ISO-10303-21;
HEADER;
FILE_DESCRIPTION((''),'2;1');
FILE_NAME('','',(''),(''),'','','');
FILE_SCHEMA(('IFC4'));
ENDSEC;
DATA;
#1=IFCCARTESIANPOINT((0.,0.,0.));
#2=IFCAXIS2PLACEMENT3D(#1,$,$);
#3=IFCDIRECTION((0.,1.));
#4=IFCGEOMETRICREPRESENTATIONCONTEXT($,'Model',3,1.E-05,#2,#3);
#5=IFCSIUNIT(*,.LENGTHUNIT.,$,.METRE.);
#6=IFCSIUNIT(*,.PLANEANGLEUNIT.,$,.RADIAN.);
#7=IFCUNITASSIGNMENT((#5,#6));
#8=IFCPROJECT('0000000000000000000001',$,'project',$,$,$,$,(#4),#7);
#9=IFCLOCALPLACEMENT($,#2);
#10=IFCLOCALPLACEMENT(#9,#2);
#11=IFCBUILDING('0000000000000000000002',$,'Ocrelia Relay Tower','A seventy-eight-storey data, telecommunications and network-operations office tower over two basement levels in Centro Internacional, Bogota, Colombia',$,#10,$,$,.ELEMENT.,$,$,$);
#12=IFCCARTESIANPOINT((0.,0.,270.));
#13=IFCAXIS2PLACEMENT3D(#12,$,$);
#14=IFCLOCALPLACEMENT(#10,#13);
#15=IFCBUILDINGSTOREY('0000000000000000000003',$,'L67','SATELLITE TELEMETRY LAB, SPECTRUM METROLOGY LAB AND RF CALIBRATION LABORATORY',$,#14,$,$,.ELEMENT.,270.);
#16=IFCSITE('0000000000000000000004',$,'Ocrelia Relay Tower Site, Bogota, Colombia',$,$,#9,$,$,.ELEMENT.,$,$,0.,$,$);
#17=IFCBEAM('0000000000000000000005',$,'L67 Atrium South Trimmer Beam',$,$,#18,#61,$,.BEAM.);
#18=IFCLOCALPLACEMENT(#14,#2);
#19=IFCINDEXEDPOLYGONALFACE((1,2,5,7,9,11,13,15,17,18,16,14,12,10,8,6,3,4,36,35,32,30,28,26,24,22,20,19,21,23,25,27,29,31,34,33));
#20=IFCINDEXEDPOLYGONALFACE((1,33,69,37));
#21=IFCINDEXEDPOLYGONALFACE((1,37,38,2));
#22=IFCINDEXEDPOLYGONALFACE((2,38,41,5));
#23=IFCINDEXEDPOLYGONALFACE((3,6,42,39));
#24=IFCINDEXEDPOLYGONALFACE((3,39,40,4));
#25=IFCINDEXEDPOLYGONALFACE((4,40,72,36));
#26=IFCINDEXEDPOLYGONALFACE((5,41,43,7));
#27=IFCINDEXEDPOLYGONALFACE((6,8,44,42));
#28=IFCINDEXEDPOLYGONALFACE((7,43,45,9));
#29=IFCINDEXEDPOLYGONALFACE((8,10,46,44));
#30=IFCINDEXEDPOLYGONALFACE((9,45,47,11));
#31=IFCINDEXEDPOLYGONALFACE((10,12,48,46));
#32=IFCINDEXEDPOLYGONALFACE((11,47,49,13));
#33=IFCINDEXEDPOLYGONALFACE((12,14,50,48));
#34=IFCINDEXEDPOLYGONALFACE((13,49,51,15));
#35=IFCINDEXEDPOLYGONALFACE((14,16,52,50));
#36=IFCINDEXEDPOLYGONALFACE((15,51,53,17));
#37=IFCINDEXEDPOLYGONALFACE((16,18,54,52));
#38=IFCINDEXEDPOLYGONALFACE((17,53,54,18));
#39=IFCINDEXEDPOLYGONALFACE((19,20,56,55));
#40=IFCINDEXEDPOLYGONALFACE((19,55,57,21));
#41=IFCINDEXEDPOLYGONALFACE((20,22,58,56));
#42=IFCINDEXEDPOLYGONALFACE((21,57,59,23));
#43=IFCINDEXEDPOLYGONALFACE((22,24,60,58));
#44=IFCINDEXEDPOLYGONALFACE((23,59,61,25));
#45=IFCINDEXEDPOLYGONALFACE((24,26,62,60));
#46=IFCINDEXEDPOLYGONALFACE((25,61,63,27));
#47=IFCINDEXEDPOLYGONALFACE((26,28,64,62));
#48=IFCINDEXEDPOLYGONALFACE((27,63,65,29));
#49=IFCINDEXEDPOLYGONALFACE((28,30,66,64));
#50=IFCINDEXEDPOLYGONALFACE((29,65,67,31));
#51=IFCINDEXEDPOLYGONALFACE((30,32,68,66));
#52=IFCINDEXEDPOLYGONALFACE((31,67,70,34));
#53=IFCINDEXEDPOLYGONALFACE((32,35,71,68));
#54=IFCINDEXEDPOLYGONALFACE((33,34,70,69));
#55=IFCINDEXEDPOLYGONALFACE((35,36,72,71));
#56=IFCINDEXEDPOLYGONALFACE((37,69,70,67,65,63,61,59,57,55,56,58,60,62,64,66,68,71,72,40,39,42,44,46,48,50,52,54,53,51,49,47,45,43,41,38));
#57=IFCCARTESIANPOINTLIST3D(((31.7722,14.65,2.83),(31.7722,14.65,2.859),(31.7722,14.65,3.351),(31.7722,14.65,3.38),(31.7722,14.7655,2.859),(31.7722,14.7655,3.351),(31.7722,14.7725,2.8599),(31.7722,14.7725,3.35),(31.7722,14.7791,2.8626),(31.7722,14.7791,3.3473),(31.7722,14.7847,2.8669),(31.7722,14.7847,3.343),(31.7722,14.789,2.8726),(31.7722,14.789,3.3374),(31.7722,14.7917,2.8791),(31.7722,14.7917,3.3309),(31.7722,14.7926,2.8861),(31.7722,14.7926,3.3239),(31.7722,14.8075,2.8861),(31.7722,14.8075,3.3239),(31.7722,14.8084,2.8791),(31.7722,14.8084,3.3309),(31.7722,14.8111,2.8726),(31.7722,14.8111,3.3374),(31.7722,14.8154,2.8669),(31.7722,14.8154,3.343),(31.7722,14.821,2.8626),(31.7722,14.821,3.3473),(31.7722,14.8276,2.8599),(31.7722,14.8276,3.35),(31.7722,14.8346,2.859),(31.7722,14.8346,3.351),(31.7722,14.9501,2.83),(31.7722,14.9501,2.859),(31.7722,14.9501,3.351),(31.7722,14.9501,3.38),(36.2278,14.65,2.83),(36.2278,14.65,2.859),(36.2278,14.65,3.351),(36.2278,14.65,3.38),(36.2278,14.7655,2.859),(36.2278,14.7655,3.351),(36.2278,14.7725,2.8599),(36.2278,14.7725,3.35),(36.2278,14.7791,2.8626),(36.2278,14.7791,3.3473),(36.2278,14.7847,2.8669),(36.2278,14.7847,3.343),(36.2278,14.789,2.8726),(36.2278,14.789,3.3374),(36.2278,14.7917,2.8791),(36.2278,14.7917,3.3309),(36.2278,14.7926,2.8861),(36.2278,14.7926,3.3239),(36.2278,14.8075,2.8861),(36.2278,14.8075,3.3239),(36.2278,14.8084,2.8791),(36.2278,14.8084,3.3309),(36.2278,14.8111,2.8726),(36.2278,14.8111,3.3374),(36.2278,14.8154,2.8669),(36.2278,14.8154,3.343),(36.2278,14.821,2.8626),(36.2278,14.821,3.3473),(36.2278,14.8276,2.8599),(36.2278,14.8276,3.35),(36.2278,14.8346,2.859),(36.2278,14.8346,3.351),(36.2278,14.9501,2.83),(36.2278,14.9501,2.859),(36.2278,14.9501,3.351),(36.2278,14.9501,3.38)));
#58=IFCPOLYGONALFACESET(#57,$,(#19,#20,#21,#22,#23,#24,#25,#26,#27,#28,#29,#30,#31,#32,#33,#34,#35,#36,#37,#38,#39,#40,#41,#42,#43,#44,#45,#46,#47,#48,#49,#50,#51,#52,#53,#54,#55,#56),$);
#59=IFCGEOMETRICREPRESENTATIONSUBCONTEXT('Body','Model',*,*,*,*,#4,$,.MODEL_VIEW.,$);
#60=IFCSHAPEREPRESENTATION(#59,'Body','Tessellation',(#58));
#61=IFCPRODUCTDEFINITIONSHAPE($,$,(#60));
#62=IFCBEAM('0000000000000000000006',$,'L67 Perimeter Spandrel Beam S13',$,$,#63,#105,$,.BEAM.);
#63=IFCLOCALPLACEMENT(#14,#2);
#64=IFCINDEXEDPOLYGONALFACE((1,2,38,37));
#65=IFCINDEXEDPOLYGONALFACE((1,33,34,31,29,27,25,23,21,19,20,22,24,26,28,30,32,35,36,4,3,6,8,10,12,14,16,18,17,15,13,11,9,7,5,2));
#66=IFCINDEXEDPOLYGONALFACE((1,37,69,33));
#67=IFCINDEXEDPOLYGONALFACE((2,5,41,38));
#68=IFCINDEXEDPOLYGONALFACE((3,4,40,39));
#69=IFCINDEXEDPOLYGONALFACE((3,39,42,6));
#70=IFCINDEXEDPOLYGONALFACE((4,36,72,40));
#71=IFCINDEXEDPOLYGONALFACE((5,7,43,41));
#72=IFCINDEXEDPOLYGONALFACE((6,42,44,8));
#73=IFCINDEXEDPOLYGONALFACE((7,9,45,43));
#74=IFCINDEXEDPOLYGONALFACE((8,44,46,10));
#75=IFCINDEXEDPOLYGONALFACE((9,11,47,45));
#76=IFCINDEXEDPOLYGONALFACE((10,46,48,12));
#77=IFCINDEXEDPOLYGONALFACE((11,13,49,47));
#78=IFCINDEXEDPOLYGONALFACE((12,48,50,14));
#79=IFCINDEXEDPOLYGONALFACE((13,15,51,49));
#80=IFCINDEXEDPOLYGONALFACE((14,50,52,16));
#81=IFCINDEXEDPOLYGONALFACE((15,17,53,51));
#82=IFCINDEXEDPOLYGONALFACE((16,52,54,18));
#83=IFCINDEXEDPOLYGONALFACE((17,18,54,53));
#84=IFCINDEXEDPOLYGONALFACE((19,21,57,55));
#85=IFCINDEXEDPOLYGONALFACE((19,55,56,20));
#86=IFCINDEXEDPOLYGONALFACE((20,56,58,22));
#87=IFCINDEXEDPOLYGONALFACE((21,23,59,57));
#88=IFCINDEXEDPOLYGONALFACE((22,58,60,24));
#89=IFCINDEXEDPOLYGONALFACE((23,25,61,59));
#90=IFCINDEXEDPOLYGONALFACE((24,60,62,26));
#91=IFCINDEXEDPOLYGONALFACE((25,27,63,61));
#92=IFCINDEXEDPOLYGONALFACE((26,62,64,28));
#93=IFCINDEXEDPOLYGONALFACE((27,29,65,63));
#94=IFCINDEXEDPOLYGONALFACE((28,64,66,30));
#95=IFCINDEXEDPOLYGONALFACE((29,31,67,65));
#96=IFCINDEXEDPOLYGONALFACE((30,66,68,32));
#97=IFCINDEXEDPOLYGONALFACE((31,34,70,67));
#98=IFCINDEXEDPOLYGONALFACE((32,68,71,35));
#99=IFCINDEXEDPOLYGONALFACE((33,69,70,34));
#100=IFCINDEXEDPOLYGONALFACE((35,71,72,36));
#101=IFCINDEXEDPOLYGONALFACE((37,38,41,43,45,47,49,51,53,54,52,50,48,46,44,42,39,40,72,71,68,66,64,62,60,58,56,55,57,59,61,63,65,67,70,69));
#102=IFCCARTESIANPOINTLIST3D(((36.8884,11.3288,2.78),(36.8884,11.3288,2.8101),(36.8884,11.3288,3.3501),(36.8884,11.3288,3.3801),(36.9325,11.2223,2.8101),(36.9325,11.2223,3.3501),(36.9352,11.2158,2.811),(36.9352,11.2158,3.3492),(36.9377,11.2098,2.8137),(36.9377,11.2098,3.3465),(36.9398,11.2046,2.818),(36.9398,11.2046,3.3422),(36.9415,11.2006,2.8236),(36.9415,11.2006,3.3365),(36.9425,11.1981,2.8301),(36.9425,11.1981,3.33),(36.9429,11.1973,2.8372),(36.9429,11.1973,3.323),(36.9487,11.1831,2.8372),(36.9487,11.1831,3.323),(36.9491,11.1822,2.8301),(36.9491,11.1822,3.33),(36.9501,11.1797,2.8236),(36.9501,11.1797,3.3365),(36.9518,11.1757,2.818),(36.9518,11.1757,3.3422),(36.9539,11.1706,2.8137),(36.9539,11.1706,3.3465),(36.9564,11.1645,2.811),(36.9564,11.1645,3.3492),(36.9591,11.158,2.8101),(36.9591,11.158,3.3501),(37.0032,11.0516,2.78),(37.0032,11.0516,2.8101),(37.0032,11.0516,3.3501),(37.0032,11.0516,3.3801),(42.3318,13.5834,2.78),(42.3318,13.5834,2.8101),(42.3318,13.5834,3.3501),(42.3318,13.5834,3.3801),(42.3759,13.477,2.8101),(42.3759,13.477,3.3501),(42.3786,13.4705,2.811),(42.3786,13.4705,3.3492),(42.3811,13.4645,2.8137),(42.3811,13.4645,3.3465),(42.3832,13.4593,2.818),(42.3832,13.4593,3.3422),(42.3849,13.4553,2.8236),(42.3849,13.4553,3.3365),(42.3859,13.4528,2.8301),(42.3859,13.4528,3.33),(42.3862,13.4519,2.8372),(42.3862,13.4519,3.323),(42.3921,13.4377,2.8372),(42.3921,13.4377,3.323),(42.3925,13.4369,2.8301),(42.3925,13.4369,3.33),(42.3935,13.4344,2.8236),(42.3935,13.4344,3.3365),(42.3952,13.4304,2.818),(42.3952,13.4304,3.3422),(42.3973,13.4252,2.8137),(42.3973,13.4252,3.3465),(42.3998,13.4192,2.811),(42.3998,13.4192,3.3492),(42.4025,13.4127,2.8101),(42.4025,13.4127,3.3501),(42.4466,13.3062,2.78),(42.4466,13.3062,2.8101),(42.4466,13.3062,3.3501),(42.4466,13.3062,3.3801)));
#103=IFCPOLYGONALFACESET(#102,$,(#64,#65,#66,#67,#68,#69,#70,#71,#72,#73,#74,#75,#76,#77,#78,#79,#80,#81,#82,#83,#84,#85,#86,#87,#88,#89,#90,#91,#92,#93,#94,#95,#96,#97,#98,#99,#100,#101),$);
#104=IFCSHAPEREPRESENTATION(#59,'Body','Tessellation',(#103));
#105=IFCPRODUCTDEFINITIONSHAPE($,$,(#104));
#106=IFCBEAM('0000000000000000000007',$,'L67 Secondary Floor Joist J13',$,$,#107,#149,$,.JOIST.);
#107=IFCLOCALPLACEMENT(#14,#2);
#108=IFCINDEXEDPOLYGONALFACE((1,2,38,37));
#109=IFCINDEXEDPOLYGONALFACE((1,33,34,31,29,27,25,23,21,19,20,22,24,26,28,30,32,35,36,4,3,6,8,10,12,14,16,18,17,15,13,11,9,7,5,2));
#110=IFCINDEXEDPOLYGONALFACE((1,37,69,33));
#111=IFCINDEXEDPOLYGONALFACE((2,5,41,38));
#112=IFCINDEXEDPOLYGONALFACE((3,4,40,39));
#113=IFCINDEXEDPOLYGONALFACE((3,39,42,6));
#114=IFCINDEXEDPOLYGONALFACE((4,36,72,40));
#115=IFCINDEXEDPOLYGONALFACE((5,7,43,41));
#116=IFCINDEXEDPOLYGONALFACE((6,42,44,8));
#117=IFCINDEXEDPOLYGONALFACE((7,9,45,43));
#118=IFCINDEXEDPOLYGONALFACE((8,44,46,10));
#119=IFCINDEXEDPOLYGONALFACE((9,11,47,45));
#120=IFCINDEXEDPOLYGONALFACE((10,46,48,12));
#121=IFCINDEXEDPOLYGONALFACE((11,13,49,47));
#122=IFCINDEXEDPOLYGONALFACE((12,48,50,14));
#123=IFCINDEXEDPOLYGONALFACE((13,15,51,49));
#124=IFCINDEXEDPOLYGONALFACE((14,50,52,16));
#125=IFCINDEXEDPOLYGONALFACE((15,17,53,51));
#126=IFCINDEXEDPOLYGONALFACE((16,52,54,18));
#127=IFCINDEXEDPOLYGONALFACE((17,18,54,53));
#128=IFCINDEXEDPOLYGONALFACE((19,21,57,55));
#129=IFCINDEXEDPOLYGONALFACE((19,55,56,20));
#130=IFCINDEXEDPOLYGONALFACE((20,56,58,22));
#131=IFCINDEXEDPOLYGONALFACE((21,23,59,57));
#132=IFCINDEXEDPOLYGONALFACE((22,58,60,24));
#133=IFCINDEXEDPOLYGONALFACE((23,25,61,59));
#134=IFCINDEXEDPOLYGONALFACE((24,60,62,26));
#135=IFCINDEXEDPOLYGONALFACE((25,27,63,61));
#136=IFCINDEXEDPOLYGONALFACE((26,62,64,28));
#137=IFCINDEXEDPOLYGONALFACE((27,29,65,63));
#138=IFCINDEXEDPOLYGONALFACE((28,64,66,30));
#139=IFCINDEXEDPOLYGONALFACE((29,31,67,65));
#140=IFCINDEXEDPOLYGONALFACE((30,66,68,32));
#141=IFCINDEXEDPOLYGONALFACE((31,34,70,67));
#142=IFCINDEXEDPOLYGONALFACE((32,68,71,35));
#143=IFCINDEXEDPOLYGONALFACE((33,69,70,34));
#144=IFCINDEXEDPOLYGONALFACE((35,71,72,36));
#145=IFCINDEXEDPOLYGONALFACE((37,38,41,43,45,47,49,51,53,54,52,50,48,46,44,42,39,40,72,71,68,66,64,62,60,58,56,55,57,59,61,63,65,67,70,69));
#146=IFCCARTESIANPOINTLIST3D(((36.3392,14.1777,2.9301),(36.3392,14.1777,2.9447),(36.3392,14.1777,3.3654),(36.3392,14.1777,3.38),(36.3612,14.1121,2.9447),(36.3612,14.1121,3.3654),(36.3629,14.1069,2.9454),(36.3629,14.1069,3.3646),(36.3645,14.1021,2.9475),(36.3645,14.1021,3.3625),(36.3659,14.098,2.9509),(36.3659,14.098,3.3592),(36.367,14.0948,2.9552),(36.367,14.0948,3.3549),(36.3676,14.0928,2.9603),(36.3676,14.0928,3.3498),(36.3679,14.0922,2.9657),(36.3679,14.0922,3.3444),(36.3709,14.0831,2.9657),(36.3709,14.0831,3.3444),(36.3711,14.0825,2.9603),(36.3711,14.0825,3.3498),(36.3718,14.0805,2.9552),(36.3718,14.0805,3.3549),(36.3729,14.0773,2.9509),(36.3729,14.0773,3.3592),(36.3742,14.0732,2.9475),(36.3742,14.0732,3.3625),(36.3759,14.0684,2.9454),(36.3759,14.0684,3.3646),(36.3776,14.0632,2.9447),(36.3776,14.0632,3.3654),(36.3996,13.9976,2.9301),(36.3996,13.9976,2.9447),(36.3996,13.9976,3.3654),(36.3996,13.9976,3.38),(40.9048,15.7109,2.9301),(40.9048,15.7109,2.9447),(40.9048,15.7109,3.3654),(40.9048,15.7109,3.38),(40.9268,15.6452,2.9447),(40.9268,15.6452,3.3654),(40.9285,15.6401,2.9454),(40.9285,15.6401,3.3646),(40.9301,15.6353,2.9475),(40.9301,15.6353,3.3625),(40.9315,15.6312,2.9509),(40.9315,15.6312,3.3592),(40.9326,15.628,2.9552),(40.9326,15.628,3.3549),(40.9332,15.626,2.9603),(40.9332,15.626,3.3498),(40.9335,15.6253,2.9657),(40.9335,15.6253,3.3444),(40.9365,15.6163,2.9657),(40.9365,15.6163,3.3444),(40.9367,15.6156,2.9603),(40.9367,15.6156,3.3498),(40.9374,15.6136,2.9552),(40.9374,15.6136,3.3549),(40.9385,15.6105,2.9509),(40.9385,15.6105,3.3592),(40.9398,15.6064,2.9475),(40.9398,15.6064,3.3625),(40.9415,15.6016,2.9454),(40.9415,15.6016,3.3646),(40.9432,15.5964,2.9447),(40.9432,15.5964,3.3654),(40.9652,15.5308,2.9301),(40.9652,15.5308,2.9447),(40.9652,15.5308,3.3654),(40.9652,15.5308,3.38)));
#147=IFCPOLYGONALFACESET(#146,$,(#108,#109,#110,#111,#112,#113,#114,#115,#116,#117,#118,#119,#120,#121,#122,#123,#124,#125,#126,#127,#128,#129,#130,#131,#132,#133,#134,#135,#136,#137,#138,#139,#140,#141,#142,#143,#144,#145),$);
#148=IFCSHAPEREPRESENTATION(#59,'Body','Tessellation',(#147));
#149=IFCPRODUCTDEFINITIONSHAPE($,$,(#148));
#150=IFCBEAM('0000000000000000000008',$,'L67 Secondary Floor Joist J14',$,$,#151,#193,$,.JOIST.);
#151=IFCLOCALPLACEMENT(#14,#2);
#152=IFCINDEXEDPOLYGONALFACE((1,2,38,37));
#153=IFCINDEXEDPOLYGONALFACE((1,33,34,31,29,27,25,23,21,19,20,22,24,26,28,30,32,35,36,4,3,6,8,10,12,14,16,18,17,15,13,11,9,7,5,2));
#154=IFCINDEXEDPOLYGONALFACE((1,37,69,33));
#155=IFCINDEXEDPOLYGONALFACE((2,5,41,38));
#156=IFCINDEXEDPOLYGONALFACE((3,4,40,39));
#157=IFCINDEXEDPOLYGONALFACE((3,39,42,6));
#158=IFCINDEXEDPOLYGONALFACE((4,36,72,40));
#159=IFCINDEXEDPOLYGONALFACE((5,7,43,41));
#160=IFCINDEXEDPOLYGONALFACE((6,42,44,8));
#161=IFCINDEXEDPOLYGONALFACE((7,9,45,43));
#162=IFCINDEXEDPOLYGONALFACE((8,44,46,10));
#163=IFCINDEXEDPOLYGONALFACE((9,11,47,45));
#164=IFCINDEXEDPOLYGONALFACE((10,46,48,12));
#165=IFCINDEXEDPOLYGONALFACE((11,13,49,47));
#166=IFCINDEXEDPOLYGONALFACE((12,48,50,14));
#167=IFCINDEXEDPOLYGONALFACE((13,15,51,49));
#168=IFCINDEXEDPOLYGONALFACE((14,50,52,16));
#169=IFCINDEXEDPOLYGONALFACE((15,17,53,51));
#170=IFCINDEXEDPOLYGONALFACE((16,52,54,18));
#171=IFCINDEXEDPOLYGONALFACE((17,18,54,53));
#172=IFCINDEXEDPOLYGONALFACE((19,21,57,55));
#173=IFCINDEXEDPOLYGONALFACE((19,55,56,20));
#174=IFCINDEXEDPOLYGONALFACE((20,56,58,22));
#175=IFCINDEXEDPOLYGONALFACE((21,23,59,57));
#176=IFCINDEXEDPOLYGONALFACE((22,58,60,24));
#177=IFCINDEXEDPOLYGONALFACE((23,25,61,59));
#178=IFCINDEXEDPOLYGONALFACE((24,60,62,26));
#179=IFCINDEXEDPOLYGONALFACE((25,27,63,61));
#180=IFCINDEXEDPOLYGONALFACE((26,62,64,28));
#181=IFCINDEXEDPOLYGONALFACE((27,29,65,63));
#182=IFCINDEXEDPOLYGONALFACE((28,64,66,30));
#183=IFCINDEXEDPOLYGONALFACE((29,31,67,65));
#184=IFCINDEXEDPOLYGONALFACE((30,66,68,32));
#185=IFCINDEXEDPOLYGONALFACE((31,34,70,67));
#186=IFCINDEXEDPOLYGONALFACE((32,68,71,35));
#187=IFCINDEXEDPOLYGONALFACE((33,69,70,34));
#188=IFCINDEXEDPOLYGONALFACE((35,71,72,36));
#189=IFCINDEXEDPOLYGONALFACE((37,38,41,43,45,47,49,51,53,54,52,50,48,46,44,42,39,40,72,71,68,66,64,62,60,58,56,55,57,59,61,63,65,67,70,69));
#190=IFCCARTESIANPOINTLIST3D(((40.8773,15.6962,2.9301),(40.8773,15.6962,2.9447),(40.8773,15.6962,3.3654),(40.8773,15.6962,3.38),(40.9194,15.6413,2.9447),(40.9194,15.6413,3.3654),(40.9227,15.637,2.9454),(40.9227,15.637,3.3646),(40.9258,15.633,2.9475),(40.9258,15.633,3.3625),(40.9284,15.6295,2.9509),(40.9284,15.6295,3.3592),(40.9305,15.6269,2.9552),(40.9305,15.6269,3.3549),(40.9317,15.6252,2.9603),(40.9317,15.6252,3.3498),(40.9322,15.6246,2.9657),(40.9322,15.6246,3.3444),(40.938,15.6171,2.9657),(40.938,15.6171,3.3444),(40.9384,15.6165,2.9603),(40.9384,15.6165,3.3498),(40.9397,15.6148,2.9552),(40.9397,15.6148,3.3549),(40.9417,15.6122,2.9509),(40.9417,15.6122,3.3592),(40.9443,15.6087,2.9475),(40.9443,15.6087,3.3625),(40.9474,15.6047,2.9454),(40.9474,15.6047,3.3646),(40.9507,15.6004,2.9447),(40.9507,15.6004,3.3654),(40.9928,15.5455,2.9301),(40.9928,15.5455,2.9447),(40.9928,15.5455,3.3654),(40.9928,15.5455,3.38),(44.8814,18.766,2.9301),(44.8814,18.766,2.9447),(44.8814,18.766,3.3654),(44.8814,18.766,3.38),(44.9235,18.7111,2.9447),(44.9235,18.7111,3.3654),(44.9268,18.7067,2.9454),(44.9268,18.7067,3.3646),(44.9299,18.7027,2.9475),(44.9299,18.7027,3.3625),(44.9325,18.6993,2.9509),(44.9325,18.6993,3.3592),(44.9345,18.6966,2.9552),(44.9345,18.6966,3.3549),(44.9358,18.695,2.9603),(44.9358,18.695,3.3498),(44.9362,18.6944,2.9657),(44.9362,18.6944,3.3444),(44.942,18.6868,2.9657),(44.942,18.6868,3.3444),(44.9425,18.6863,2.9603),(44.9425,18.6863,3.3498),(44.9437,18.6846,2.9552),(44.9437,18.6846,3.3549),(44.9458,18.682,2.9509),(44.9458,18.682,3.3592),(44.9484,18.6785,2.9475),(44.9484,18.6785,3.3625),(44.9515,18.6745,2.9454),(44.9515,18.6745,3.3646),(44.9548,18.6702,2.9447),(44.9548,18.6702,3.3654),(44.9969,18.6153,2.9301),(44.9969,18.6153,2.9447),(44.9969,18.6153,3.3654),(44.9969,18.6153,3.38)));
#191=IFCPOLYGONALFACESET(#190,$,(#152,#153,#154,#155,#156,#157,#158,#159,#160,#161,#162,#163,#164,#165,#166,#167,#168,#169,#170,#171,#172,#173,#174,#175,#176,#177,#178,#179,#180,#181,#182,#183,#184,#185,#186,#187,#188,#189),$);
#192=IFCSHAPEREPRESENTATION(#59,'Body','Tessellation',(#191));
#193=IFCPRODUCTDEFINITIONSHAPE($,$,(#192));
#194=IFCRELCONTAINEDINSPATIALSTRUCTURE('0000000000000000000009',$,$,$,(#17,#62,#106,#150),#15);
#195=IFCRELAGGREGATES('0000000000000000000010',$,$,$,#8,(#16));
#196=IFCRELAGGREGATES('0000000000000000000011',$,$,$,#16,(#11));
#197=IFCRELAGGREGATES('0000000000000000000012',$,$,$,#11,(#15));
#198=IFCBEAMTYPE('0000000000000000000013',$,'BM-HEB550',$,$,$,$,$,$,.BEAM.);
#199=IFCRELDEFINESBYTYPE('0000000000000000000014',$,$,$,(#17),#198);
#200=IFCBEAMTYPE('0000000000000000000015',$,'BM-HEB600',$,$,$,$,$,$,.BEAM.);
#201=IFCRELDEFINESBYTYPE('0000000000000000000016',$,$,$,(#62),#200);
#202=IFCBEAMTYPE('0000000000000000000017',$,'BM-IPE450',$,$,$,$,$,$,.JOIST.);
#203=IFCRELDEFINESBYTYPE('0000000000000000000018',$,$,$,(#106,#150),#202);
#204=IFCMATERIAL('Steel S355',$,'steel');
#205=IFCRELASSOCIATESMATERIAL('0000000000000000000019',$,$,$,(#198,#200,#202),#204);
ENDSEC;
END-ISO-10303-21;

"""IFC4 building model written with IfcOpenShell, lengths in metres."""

from ifc_helpers import new_model, si_unit, direction, frame, origin, origin_2d, place, context, subcontext, project, spatial, i_section, extrude, material, material_profile, profile_set, type_object, element, save


model = new_model("IFC4")

# Units and contexts
model_context = context("Model", 3, precision=1e-05, world=origin(), true_north=direction((0.0, 1.0)))
body_context = subcontext(model_context, "Body", "Model", "MODEL_VIEW")
ifc_project = project(units=[si_unit("LENGTHUNIT", "METRE"), si_unit("PLANEANGLEUNIT", "RADIAN")], contexts=[model_context])

# Site, building, storey
site_placement = place(None, origin())
site = spatial("IfcSite", under=ifc_project, at=site_placement, Name="Ocrelia Relay Tower Site, Bogota, Colombia", CompositionType="ELEMENT", RefElevation=0.0)
building_placement = place(site_placement, origin())
building = spatial("IfcBuilding", under=site, at=building_placement, Name="Ocrelia Relay Tower", Description="A seventy-eight-storey data, telecommunications and network-operations office tower over two basement levels in Centro Internacional, Bogota, Colombia", CompositionType="ELEMENT")
storey_placement = place(building_placement, frame((0.0, 0.0, 270.0)))
storey = spatial("IfcBuildingStorey", under=building, at=storey_placement, Name="L67", Description="SATELLITE TELEMETRY LAB, SPECTRUM METROLOGY LAB AND RF CALIBRATION LABORATORY", CompositionType="ELEMENT", Elevation=270.0)

# Beams
ifc_material_1 = material(Name="Steel S355", Category="steel")
ifc_material_profile_1 = material_profile(ifc_material_1, i_section(OverallWidth=0.3, OverallDepth=0.55, WebThickness=0.0149, FlangeThickness=0.0291, FilletRadius=0.0271, at=origin_2d()), Name="HEB 550")
ifc_profile_set_1 = profile_set([ifc_material_profile_1], Name="Steel S355")
beam_type_1 = type_object("IfcBeamType", Name="BM-HEB550", PredefinedType="BEAM", material=ifc_profile_set_1)
beam_1_placement = place(storey_placement, frame((31.7722, 14.8, 3.105), z_axis=(1.0, 0.0, 0.0), x_axis=(0.0, 1.0, 0.0)))
element("IfcBeam", 1, at=beam_1_placement, inside=storey, type_object=beam_type_1, Name="L67 Atrium South Trimmer Beam", PredefinedType="BEAM", context=body_context, shape_type="SweptSolid", body=[
    extrude(i_section(OverallWidth=0.3, OverallDepth=0.55, WebThickness=0.0149, FlangeThickness=0.0291, FilletRadius=0.0271, at=origin_2d()), origin(), (0.0, 0.0, 1.0), 4.4556),
])
ifc_material_profile_2 = material_profile(ifc_material_1, i_section(OverallWidth=0.3, OverallDepth=0.6001, WebThickness=0.0154, FlangeThickness=0.03, FilletRadius=0.0271, at=origin_2d()), Name="HEB 600")
ifc_profile_set_2 = profile_set([ifc_material_profile_2], Name="Steel S355")
beam_type_2 = type_object("IfcBeamType", Name="BM-HEB600", PredefinedType="BEAM", material=ifc_profile_set_2)
beam_2_placement = place(storey_placement, frame((36.9458, 11.1902, 3.0801), z_axis=(0.923884, 0.382673, 0.0), x_axis=(-0.382673, 0.923884, 0.0)))
element("IfcBeam", 2, at=beam_2_placement, inside=storey, type_object=beam_type_2, Name="L67 Perimeter Spandrel Beam S13", PredefinedType="BEAM", context=body_context, shape_type="SweptSolid", body=[
    extrude(i_section(OverallWidth=0.3, OverallDepth=0.6001, WebThickness=0.0154, FlangeThickness=0.03, FilletRadius=0.0271, at=origin_2d()), origin(), (0.0, 0.0, 1.0), 5.8918),
])
ifc_material_profile_3 = material_profile(ifc_material_1, i_section(OverallWidth=0.1899, OverallDepth=0.45, WebThickness=0.0095, FlangeThickness=0.0146, FilletRadius=0.021, at=origin_2d()), Name="IPE 450")
ifc_profile_set_3 = profile_set([ifc_material_profile_3], Name="Steel S355")
beam_type_3 = type_object("IfcBeamType", Name="BM-IPE450", PredefinedType="JOIST", material=ifc_profile_set_3)
beam_3_placement = place(storey_placement, frame((36.3694, 14.0876, 3.155), z_axis=(0.947976, 0.318341, 0.0), x_axis=(-0.318341, 0.947976, 0.0)))
element("IfcBeam", 3, at=beam_3_placement, inside=storey, type_object=beam_type_3, Name="L67 Secondary Floor Joist J13", PredefinedType="JOIST", context=body_context, shape_type="SweptSolid", body=[
    extrude(i_section(OverallWidth=0.1899, OverallDepth=0.45, WebThickness=0.0095, FlangeThickness=0.0146, FilletRadius=0.021, at=origin_2d()), origin(), (0.0, 0.0, 1.0), 4.8162),
])
beam_4_placement = place(storey_placement, frame((40.9351, 15.6208, 3.155), z_axis=(0.793609, 0.608428, 0.0), x_axis=(-0.608428, 0.793609, 0.0)))
element("IfcBeam", 4, at=beam_4_placement, inside=storey, type_object=beam_type_3, Name="L67 Secondary Floor Joist J14", PredefinedType="JOIST", context=body_context, shape_type="SweptSolid", body=[
    extrude(i_section(OverallWidth=0.1899, OverallDepth=0.45, WebThickness=0.0095, FlangeThickness=0.0146, FilletRadius=0.021, at=origin_2d()), origin(), (0.0, 0.0, 1.0), 5.0454),
])

save(model, "model.ifc")
